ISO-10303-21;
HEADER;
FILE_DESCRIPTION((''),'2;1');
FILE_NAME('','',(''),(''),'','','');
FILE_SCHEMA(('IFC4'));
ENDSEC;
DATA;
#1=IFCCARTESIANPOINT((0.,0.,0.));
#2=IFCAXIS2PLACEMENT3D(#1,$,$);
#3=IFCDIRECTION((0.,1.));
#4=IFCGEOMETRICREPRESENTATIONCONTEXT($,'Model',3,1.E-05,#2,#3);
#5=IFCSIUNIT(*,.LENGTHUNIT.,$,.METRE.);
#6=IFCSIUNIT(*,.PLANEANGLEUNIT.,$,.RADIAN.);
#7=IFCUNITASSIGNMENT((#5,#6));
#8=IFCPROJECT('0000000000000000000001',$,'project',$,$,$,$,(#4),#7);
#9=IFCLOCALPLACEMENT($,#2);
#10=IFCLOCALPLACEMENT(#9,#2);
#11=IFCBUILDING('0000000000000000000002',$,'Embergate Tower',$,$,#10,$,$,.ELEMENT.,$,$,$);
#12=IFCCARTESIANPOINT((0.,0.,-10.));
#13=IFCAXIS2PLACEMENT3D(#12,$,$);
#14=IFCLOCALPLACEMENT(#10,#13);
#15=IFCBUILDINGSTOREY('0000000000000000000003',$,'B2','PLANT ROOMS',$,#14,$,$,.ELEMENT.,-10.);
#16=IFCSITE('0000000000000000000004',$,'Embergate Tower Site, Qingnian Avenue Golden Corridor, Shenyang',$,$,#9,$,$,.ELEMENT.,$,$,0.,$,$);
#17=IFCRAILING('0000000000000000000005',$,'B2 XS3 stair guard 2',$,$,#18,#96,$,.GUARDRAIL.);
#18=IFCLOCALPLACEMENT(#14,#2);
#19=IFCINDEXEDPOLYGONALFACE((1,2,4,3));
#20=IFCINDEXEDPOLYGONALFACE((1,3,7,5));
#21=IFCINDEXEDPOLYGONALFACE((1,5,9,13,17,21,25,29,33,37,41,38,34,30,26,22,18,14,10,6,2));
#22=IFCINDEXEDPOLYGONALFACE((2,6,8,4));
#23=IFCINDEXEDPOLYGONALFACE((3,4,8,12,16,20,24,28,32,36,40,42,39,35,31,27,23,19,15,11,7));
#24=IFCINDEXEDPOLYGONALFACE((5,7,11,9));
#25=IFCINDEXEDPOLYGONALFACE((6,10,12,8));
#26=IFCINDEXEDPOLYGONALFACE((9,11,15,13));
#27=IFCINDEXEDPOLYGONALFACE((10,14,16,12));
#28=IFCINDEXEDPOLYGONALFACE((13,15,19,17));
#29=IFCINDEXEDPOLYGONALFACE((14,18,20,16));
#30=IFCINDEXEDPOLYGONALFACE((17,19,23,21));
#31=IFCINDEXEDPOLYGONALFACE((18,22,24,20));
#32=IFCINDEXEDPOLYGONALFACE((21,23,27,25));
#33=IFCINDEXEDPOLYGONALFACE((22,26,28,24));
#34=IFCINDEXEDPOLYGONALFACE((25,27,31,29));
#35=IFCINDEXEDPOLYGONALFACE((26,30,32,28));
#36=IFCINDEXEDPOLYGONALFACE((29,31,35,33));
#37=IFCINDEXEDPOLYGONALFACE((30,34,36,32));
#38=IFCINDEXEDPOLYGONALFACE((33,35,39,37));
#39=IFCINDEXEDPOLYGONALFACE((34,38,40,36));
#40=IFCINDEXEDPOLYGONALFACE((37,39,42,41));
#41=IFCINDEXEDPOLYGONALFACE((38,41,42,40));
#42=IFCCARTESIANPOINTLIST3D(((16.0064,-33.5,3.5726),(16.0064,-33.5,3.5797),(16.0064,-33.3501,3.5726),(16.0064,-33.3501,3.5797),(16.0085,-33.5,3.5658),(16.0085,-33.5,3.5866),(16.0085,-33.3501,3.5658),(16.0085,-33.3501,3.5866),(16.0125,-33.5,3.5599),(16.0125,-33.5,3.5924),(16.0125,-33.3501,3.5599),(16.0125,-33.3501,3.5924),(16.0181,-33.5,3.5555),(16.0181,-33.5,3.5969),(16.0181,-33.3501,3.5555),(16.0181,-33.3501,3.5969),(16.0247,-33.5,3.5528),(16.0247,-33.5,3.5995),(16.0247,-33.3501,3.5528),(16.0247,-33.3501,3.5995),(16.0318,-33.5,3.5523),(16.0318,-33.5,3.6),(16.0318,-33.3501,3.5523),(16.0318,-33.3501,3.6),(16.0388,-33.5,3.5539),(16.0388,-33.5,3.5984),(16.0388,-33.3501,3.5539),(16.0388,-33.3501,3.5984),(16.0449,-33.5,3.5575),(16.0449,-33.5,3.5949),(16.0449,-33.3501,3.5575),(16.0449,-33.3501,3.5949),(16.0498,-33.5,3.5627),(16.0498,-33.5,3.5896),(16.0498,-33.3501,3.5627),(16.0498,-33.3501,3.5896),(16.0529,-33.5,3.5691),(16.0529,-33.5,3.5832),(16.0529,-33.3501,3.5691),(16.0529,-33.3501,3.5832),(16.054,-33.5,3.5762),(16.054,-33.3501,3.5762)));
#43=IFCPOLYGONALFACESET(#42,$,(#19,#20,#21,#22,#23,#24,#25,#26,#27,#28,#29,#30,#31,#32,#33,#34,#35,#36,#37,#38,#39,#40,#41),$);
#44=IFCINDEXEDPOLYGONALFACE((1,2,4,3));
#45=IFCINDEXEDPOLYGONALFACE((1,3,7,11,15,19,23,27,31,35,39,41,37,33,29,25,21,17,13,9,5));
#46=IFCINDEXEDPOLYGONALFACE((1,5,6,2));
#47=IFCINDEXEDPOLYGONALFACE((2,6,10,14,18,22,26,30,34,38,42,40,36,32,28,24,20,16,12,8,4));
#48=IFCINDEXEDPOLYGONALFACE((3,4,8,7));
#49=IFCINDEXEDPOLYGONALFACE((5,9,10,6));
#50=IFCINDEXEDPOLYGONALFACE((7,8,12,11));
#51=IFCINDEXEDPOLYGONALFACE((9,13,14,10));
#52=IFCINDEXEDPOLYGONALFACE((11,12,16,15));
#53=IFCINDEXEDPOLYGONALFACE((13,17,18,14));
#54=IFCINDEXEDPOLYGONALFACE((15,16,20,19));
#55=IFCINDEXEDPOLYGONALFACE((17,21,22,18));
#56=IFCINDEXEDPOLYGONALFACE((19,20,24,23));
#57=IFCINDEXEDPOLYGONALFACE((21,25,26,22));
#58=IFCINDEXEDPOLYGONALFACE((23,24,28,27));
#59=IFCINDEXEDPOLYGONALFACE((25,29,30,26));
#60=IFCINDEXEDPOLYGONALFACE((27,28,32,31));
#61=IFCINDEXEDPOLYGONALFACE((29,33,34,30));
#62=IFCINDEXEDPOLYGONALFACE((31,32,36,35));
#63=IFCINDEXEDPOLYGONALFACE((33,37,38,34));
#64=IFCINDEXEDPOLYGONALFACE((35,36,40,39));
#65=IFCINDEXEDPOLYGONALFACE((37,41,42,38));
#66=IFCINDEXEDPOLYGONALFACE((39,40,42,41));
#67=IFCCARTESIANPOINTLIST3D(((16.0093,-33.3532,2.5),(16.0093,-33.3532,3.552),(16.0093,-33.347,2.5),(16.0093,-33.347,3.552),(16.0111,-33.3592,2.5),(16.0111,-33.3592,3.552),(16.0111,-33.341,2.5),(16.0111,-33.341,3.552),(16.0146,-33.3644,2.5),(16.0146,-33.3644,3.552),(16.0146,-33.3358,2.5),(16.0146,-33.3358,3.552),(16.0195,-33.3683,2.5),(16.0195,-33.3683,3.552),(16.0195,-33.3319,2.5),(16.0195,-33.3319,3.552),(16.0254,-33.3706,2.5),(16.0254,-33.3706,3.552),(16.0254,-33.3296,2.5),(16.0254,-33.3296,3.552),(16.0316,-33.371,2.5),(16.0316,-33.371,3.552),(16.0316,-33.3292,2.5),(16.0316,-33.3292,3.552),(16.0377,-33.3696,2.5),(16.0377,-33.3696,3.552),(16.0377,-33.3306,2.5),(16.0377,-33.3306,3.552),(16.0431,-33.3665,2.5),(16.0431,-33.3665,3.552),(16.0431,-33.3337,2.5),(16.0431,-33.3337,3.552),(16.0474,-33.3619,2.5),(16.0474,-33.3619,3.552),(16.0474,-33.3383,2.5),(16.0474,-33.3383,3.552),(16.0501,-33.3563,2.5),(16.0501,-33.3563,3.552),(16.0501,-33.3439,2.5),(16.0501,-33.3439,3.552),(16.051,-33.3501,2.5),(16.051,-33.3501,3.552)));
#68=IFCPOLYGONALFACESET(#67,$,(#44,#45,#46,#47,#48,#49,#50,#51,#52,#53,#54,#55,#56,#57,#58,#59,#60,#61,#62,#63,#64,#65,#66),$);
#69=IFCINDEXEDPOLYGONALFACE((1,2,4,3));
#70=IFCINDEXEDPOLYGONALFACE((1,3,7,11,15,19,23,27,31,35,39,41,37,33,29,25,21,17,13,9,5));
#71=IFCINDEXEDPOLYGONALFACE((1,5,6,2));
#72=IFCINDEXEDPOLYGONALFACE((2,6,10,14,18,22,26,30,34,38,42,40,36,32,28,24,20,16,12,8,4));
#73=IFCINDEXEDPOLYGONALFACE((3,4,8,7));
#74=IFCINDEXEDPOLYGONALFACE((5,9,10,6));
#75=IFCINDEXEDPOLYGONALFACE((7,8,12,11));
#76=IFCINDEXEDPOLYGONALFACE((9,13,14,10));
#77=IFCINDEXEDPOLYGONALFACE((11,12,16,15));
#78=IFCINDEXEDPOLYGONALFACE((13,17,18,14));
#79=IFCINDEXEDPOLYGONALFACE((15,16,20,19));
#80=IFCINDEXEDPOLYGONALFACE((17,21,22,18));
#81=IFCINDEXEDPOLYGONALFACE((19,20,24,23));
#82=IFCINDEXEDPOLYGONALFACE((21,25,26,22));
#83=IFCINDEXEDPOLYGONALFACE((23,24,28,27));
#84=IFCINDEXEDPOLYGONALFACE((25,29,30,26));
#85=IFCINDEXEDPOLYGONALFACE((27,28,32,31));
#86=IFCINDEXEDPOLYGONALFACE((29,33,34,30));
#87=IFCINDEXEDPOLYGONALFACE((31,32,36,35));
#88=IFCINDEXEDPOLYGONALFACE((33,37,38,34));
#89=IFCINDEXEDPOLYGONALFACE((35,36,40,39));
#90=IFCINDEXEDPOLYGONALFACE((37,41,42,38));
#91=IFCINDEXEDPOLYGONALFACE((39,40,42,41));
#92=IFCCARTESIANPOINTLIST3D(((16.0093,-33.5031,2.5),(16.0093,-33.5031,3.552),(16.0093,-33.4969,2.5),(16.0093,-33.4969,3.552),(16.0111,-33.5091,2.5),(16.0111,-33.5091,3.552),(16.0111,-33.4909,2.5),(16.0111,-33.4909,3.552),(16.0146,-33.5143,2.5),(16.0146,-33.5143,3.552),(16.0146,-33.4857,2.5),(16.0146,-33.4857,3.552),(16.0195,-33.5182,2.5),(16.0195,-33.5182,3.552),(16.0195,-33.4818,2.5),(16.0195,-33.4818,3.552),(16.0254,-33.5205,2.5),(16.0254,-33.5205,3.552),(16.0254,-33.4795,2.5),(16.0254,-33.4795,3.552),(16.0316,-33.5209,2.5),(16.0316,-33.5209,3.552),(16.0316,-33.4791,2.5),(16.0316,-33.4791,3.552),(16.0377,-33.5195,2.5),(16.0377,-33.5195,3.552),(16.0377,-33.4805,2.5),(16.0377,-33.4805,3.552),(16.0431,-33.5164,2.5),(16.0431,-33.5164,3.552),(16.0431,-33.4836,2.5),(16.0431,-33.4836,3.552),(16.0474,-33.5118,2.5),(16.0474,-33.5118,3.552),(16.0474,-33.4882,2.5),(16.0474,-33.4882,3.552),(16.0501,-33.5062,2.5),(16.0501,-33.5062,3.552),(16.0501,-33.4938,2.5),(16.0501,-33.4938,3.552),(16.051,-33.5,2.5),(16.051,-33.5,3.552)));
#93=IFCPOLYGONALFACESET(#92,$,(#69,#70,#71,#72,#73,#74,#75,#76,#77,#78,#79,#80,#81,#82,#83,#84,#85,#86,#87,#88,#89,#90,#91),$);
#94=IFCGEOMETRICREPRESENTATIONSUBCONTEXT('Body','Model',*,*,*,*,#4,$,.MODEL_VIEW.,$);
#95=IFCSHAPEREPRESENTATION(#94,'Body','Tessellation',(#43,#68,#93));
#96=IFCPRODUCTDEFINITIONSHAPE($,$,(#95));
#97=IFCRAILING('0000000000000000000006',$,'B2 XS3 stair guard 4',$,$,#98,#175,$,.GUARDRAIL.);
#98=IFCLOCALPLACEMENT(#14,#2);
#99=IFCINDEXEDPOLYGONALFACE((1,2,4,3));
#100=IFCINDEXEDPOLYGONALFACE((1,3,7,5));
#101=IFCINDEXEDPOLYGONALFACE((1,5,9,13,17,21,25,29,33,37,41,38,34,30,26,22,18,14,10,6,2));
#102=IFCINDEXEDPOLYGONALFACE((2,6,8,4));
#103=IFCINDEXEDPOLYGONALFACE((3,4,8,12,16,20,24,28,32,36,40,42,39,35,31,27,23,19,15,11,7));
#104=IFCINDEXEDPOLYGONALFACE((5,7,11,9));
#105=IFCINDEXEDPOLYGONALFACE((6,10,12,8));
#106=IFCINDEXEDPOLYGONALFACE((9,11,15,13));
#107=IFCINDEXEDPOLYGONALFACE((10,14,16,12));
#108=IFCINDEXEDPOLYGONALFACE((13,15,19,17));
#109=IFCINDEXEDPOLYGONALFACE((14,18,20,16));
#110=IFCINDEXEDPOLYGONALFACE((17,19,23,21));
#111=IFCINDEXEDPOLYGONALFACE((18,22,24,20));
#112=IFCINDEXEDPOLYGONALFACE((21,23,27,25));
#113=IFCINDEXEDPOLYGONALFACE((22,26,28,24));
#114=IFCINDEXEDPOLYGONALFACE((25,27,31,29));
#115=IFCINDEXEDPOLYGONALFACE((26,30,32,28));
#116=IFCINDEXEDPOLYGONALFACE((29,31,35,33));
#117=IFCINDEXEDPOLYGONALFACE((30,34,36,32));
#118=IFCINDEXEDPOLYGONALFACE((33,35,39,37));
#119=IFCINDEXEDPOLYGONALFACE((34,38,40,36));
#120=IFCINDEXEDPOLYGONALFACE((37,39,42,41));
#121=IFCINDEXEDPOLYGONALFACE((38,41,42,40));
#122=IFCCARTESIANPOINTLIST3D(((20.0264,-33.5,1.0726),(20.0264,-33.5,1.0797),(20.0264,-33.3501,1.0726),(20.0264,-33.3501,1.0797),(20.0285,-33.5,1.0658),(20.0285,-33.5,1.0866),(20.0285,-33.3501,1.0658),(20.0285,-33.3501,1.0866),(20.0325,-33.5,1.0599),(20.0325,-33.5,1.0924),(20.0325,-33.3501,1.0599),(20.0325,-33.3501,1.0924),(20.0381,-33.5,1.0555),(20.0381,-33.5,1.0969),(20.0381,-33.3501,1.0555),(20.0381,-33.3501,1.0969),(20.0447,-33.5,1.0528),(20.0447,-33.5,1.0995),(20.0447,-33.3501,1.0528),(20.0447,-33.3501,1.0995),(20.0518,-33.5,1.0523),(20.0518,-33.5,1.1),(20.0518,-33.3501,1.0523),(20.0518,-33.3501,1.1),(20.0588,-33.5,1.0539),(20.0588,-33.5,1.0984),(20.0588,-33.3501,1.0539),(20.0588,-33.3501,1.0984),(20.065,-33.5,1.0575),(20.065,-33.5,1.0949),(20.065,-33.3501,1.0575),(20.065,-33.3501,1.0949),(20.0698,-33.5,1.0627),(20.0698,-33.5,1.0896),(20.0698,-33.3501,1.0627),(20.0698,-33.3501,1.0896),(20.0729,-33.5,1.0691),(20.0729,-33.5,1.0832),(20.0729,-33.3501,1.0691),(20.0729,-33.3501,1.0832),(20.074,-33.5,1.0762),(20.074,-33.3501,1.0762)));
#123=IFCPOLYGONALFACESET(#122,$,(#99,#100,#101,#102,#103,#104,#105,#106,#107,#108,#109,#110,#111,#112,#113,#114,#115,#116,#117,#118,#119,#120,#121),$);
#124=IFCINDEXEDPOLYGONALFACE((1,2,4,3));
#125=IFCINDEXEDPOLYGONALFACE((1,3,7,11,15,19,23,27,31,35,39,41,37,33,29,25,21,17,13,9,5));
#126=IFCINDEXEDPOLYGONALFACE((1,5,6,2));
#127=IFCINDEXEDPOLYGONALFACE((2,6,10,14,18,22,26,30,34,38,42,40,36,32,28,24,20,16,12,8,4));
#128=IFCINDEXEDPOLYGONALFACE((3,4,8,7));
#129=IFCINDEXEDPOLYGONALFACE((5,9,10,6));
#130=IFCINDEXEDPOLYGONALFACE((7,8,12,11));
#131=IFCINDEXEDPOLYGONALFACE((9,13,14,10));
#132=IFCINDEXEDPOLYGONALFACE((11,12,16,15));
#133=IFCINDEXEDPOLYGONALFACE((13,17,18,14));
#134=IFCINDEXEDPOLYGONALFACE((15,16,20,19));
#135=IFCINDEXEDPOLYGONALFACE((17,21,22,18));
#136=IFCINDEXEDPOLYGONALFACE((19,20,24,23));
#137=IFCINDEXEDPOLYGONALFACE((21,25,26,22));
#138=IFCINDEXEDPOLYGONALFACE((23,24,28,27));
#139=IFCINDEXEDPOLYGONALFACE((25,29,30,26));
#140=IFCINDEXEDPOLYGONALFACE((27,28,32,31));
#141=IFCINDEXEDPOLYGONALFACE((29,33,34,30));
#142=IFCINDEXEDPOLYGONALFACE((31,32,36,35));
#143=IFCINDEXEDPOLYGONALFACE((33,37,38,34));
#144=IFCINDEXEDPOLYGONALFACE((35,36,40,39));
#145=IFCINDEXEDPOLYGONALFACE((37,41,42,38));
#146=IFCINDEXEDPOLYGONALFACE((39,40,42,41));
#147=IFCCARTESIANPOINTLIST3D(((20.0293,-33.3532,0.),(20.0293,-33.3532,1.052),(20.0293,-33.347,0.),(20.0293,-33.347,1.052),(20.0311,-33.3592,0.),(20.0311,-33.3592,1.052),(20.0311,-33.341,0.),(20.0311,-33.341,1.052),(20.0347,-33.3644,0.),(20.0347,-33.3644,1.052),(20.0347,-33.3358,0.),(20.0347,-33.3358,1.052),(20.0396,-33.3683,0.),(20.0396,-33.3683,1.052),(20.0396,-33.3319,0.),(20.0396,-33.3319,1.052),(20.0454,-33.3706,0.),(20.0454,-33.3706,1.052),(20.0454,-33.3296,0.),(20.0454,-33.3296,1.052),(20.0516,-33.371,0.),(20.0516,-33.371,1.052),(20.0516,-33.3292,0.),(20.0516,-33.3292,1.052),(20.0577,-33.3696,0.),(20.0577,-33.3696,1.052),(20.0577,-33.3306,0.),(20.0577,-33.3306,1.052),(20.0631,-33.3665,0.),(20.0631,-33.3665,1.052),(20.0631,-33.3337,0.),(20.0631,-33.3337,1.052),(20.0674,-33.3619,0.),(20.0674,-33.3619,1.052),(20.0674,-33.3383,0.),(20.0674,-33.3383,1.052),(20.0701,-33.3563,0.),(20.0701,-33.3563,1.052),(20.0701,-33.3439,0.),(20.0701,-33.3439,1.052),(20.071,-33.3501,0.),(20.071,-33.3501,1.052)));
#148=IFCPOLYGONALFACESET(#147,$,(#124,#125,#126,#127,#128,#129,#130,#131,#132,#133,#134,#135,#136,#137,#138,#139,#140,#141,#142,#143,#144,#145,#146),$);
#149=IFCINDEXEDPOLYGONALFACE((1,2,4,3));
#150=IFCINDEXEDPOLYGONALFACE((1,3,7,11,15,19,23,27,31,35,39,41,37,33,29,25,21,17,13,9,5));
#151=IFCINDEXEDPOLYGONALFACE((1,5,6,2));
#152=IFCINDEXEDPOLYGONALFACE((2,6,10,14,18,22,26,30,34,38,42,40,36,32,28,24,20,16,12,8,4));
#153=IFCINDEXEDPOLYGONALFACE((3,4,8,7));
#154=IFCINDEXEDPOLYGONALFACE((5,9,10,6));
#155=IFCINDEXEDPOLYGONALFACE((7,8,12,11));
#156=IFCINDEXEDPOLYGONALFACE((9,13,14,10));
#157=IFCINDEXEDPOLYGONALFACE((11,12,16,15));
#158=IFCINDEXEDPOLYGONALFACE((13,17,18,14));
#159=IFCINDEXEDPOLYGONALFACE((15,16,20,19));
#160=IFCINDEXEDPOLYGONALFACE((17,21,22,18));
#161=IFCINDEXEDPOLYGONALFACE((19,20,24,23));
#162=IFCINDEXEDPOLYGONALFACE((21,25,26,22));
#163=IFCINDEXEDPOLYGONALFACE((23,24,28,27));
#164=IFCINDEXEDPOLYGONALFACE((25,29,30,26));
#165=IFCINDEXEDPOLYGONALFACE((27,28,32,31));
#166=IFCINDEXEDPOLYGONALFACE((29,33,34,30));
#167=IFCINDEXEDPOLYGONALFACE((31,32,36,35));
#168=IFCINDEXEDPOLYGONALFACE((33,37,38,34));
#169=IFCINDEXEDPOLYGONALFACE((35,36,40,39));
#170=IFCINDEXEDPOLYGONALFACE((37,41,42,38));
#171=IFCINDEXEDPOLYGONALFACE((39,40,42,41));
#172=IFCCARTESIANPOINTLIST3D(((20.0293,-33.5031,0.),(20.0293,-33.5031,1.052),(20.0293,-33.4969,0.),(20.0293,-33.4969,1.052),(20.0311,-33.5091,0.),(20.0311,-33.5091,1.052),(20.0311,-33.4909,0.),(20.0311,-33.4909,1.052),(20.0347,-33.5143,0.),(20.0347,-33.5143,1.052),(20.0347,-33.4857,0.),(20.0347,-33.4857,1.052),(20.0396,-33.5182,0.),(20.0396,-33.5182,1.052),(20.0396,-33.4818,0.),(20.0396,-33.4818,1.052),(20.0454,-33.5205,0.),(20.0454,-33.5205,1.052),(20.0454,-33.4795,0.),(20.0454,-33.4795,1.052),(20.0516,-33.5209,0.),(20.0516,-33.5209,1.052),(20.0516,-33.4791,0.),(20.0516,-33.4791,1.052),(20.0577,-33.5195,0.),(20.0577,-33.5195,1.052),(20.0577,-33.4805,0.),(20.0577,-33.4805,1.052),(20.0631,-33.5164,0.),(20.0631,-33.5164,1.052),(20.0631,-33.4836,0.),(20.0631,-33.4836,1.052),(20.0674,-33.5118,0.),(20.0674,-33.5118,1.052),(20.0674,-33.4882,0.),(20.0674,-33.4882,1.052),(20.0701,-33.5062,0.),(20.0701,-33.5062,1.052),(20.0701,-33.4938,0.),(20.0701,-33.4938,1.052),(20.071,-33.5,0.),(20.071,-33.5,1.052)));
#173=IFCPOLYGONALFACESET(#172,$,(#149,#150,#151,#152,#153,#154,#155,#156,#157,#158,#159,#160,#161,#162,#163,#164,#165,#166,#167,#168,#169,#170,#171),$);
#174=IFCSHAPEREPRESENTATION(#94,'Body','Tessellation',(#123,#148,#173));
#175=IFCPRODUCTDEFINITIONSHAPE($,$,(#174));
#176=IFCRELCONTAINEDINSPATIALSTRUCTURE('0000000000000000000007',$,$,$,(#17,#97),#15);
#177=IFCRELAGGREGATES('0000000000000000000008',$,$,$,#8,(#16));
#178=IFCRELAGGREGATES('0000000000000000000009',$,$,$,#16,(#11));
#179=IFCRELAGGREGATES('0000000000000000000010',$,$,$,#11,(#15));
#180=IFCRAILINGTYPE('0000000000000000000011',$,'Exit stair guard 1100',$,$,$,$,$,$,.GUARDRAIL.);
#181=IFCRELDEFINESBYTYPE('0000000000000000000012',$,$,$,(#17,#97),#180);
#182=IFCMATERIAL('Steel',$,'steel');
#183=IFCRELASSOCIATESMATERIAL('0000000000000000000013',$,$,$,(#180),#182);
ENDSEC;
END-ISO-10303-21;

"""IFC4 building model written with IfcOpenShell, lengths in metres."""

from ifc_helpers import new_model, si_unit, direction, frame, origin, origin_2d, place, context, subcontext, project, spatial, circle, extrude, source, transform, mapped, material, type_object, element, save


model = new_model("IFC4")

# Units and contexts
model_context = context("Model", 3, precision=1e-05, world=origin(), true_north=direction((0.0, 1.0)))
body_context = subcontext(model_context, "Body", "Model", "MODEL_VIEW")
ifc_project = project(units=[si_unit("LENGTHUNIT", "METRE"), si_unit("PLANEANGLEUNIT", "RADIAN")], contexts=[model_context])

# Site, building, storey
site_placement = place(None, origin())
site = spatial("IfcSite", under=ifc_project, at=site_placement, Name="Embergate Tower Site, Qingnian Avenue Golden Corridor, Shenyang", CompositionType="ELEMENT", RefElevation=0.0)
building_placement = place(site_placement, origin())
building = spatial("IfcBuilding", under=site, at=building_placement, Name="Embergate Tower", CompositionType="ELEMENT")
storey_placement = place(building_placement, frame((0.0, 0.0, -10.0)))
storey = spatial("IfcBuildingStorey", under=building, at=storey_placement, Name="B2", Description="PLANT ROOMS", CompositionType="ELEMENT", Elevation=-10.0)

# Railings
ifc_material_1 = material(Name="Steel", Category="steel")
railing_type_1 = type_object("IfcRailingType", Name="Exit stair guard 1100", PredefinedType="GUARDRAIL", material=ifc_material_1)
shared_shape_1 = source(origin(), body_context, "Body", "SweptSolid", [
    extrude(circle(Radius=0.0239, at=origin_2d()), frame((0.0, 0.0, 1.0762), z_axis=(0.0, -1.0, 0.0), x_axis=(1.0, 0.0, 0.0)), (0.0, 0.0, 1.0), 0.1499),
    extrude(circle(Radius=0.021, at=origin_2d()), origin(), (0.0, 0.0, 1.0), 1.052),
    extrude(circle(Radius=0.021, at=origin_2d()), frame((0.0, -0.1499, 0.0)), (0.0, 0.0, 1.0), 1.052),
])
for number, where, name in (
    (1, (16.03, -33.3501, 2.5), "B2 XS3 stair guard 2"),
    (2, (20.05, -33.3501, 0.0), "B2 XS3 stair guard 4"),
):
    element("IfcRailing", number, at=place(storey_placement, frame(where)), inside=storey, type_object=railing_type_1, Name=name, PredefinedType="GUARDRAIL", context=body_context, shape_type="MappedRepresentation", body=[
        mapped(shared_shape_1, transform((0.0, 0.0, 0.0))),
    ])

save(model, "model.ifc")
